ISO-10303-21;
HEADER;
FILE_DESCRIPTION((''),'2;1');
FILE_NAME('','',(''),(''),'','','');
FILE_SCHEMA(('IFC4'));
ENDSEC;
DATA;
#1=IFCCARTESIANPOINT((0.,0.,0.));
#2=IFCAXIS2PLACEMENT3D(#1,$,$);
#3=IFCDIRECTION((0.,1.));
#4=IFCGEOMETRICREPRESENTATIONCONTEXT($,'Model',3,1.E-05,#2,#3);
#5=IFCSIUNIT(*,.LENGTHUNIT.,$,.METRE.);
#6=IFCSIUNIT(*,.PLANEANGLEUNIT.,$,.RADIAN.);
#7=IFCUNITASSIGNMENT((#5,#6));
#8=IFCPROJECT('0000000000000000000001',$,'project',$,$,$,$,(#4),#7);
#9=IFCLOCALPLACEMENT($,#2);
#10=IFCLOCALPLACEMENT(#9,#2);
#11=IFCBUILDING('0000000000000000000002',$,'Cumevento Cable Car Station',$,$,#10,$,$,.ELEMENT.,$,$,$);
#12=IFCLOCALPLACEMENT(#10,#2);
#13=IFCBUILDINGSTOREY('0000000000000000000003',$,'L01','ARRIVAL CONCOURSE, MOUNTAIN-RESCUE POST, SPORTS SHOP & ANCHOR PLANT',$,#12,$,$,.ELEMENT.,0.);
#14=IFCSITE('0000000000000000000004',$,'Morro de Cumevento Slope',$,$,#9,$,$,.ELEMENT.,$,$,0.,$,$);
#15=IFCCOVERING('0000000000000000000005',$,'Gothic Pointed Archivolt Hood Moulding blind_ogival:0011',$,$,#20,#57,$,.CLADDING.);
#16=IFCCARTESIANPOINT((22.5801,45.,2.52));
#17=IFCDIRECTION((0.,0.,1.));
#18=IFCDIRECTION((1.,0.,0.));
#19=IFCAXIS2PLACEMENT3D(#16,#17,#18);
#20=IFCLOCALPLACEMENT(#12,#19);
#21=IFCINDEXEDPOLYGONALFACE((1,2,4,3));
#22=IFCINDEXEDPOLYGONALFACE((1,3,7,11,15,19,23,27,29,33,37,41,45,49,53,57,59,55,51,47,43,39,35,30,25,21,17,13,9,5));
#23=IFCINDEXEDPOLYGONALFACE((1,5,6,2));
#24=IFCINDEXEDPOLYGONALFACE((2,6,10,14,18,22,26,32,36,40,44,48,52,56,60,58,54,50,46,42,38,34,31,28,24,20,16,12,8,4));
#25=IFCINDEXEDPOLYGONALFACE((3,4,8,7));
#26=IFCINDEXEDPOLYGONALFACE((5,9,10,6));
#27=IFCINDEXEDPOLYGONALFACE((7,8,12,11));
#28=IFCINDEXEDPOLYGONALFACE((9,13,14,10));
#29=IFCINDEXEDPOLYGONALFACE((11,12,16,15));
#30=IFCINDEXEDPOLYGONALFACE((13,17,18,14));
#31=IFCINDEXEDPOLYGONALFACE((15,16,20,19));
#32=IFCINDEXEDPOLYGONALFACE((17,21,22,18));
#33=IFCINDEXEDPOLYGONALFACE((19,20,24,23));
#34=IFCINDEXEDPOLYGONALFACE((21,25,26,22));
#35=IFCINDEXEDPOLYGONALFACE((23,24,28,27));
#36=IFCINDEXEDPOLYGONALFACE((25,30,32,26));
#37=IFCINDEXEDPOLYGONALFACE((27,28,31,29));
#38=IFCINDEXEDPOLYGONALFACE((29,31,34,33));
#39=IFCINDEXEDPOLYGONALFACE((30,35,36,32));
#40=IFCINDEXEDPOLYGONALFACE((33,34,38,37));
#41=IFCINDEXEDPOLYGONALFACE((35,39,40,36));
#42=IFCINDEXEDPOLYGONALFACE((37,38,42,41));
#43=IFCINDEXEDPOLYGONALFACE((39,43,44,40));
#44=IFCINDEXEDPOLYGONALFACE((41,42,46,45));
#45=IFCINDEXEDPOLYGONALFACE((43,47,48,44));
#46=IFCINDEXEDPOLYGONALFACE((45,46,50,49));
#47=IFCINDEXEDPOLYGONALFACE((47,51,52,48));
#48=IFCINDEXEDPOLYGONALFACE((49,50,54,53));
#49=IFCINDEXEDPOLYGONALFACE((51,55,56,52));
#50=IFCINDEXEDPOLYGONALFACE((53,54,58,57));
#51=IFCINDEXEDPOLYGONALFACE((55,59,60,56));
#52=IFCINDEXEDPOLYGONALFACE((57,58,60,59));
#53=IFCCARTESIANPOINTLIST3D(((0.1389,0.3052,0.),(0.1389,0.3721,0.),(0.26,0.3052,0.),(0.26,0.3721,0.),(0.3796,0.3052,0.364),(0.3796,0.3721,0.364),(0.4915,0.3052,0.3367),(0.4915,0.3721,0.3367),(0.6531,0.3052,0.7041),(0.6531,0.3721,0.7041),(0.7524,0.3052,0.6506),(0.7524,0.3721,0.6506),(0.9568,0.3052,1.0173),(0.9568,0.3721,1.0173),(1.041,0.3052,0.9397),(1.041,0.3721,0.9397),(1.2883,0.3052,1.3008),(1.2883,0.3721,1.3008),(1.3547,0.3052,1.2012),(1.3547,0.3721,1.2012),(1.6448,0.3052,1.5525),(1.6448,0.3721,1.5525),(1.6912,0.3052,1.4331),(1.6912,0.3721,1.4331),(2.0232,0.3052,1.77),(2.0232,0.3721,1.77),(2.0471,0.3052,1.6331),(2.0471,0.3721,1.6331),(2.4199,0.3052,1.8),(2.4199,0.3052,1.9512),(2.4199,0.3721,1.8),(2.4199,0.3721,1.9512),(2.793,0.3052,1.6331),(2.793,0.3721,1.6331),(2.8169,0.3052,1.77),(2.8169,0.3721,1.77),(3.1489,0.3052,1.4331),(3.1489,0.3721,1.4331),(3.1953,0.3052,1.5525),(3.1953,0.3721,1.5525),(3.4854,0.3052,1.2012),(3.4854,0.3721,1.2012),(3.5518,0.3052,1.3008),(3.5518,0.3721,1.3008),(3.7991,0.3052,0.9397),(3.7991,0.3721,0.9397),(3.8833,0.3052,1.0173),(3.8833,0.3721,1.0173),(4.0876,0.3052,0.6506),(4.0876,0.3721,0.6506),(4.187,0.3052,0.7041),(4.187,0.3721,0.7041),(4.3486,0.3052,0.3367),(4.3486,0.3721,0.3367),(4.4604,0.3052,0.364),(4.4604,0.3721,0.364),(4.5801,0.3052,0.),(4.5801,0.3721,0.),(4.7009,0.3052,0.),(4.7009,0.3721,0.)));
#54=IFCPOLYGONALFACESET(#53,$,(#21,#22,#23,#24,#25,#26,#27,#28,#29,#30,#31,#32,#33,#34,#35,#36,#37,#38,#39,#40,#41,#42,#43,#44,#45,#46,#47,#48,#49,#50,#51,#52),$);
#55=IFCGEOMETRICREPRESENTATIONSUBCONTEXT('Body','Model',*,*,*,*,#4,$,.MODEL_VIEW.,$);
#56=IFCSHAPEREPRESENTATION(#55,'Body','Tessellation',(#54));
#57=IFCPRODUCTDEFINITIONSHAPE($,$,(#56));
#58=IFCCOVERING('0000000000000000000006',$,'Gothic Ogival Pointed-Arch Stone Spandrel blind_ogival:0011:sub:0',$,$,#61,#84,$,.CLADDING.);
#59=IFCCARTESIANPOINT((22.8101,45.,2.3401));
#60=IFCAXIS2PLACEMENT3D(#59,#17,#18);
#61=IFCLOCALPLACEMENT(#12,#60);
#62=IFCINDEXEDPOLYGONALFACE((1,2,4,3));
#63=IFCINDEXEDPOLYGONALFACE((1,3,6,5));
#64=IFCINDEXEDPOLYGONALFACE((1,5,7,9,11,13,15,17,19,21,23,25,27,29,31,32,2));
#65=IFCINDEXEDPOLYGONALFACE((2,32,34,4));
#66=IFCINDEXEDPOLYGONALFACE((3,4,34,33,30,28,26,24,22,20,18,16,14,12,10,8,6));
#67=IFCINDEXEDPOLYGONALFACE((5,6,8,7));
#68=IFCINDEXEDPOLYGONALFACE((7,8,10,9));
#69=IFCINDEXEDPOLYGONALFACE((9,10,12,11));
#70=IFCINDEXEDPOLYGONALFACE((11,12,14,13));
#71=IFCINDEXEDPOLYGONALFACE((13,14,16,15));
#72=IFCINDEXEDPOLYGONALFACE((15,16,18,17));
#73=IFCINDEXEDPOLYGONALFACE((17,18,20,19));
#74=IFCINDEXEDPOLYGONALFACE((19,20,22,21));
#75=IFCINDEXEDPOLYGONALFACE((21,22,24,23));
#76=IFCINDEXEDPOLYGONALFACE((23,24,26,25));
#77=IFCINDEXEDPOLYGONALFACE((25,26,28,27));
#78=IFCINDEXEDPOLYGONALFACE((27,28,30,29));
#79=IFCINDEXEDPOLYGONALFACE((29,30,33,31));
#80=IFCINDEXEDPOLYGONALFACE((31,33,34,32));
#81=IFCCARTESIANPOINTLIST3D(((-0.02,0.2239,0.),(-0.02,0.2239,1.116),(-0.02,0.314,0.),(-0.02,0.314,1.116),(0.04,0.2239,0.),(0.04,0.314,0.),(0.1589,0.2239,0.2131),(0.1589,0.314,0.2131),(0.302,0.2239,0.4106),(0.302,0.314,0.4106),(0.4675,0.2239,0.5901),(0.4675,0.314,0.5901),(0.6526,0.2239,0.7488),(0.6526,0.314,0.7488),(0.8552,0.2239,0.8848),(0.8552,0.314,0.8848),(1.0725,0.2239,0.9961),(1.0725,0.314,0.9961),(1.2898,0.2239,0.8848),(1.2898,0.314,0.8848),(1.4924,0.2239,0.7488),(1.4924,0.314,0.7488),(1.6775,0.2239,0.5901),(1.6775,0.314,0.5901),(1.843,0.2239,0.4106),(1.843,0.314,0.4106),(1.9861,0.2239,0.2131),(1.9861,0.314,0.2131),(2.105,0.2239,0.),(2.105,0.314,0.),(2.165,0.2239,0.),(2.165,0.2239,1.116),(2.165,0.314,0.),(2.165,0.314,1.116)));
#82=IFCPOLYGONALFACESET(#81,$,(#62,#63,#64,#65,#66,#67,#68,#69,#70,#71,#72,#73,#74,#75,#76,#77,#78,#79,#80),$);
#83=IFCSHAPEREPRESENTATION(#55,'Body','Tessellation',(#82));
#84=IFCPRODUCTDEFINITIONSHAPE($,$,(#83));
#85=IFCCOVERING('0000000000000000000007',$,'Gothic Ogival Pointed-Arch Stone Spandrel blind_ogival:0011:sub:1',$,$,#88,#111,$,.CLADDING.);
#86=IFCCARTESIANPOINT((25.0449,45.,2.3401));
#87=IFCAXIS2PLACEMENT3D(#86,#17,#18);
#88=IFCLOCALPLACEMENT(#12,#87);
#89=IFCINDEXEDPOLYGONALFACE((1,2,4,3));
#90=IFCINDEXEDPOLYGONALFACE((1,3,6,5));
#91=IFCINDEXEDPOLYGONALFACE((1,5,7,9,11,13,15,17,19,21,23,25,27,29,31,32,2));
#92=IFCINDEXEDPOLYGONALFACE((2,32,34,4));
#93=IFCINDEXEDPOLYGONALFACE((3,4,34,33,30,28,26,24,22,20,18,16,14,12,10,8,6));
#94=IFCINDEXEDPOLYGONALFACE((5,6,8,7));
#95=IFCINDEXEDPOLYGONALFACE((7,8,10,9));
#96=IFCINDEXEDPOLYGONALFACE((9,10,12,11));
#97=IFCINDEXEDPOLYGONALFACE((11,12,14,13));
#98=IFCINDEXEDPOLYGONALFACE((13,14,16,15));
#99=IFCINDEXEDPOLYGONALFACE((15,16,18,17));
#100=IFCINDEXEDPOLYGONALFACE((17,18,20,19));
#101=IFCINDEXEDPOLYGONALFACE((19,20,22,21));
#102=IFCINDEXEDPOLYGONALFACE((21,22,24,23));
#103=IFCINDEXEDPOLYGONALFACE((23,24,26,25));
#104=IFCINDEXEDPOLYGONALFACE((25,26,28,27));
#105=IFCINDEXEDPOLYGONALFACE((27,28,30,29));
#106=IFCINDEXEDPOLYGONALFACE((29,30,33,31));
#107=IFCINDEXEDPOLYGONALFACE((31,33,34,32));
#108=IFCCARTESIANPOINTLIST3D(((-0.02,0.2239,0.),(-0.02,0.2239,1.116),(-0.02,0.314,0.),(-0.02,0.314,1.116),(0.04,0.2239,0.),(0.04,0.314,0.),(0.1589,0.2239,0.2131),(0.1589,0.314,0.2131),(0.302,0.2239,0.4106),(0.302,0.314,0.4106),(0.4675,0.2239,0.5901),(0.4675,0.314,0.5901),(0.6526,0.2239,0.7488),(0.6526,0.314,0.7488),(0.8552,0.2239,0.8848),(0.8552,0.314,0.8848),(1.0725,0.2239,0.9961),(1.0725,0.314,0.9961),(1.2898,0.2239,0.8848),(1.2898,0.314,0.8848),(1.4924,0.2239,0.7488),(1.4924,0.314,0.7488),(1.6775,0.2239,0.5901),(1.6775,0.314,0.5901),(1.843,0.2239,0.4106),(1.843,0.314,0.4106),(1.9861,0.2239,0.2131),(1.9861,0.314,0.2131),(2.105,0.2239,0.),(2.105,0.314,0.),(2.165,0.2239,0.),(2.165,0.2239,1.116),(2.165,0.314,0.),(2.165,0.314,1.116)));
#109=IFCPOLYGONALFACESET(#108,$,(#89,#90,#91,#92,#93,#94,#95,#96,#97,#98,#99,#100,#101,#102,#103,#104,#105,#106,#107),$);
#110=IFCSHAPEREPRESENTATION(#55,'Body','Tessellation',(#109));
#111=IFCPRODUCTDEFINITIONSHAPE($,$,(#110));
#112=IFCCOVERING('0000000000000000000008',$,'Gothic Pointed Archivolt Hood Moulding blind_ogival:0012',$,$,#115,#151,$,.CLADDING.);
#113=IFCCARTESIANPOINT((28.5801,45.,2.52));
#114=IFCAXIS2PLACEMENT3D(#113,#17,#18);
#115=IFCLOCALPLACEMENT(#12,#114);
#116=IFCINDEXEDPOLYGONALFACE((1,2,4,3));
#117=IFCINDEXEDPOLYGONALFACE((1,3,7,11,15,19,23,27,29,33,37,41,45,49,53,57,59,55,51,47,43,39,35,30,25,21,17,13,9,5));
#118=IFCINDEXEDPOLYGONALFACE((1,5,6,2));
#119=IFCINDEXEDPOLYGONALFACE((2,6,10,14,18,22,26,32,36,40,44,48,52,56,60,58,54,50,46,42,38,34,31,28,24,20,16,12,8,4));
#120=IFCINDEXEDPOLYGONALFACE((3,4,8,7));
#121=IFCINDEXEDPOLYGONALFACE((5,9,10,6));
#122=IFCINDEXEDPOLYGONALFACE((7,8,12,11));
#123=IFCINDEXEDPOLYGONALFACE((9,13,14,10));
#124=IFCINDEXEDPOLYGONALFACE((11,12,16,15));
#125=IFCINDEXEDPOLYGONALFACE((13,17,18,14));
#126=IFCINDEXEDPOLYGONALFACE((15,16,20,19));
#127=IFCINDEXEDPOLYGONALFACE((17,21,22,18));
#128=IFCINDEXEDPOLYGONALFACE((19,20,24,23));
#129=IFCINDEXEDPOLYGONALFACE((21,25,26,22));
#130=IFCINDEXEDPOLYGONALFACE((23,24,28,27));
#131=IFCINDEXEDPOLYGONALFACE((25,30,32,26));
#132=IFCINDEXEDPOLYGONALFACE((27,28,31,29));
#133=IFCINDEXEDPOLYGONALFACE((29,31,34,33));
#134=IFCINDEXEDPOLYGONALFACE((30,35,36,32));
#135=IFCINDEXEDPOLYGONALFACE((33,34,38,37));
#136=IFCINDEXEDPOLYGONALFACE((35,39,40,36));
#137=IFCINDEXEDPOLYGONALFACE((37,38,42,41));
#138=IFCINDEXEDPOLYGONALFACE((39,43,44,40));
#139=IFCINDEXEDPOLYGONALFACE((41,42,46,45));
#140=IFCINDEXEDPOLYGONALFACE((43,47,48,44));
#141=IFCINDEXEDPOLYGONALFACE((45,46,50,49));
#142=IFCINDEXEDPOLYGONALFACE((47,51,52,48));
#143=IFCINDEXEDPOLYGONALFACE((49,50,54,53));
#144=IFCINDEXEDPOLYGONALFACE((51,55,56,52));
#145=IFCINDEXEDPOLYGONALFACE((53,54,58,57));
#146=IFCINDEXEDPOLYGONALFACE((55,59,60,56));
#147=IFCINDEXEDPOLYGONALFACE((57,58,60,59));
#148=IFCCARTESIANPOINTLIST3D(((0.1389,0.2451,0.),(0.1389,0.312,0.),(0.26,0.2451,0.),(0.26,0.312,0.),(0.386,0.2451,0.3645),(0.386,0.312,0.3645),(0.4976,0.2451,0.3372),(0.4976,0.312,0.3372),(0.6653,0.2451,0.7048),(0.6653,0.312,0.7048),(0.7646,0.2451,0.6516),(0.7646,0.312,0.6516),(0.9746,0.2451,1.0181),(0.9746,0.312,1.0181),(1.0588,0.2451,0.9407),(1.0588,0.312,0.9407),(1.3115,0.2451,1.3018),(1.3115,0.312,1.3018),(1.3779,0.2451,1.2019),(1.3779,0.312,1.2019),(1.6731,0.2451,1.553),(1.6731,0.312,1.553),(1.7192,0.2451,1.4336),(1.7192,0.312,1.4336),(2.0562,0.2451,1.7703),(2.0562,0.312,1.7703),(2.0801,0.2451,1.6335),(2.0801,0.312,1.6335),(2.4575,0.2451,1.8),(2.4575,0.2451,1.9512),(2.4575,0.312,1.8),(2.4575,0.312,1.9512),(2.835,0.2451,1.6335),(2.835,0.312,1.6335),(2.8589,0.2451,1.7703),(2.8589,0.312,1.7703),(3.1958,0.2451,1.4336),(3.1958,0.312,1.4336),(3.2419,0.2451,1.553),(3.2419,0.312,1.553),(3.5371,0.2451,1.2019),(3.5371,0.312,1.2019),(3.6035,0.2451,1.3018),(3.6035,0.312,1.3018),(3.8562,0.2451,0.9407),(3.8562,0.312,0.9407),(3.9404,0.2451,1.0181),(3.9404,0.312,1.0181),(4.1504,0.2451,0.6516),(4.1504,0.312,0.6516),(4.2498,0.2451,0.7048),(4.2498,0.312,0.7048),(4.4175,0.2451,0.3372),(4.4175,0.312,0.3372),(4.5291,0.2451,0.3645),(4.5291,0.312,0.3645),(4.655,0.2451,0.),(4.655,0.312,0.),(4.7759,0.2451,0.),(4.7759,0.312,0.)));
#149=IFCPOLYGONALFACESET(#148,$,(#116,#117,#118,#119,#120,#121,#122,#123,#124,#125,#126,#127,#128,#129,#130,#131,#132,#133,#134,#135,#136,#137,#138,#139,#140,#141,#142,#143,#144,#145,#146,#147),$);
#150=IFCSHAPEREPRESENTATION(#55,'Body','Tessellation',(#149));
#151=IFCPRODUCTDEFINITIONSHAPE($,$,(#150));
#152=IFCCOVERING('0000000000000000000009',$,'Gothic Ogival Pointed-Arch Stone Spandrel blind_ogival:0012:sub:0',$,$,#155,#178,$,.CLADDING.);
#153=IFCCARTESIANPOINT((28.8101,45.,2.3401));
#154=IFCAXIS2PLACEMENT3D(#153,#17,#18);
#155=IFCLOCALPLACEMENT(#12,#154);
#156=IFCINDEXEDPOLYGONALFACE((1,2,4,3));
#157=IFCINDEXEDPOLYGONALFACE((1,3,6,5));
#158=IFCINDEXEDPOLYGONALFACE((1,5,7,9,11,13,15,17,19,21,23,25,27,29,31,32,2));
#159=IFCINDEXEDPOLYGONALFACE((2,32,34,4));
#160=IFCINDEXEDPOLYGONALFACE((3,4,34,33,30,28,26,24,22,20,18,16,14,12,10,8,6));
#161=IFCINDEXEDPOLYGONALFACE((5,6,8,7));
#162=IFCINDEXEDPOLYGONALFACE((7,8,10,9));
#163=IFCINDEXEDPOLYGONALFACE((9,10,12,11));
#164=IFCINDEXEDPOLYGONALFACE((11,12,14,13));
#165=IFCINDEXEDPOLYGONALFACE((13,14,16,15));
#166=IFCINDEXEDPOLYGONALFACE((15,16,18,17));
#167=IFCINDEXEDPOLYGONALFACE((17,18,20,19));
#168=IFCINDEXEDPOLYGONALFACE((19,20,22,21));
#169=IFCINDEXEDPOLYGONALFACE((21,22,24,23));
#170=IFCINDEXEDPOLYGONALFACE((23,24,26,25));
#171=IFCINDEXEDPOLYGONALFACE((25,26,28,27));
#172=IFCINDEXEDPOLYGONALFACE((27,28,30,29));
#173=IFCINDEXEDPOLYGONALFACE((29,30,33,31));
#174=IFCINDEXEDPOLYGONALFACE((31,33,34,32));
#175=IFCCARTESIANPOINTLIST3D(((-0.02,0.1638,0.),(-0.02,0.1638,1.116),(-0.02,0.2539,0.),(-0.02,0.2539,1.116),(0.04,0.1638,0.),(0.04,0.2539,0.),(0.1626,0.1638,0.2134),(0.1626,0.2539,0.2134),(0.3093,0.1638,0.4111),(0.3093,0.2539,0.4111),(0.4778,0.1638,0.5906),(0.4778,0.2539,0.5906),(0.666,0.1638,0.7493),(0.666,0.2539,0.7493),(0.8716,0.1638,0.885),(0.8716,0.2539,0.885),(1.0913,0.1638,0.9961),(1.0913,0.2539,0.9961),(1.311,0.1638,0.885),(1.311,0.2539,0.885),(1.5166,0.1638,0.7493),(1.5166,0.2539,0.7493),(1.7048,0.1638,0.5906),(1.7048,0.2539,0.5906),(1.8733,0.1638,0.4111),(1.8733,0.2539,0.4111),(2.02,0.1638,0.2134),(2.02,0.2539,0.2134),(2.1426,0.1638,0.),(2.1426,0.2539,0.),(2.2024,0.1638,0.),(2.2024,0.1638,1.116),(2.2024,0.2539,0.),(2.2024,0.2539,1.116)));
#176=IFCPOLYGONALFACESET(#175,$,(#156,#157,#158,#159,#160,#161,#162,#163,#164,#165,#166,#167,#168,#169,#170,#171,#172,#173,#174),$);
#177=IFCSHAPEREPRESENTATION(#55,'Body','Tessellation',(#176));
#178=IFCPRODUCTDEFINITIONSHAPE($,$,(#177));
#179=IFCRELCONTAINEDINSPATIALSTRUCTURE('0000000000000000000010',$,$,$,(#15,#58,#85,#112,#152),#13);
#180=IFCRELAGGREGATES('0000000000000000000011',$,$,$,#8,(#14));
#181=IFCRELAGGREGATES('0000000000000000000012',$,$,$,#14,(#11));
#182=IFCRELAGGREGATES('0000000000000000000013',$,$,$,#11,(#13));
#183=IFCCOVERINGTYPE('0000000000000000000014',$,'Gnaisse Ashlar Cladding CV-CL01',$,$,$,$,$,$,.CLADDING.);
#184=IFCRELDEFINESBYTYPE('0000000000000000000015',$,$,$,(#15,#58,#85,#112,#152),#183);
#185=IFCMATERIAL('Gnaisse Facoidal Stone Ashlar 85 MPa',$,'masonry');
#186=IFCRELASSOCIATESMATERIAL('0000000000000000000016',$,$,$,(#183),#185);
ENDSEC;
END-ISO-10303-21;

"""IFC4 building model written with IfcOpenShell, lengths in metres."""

from ifc_helpers import new_model, si_unit, direction, frame, origin, place, context, subcontext, project, spatial, polyline, outline, extrude, material, type_object, element, save


model = new_model("IFC4")

# Units and contexts
model_context = context("Model", 3, precision=1e-05, world=origin(), true_north=direction((0.0, 1.0)))
body_context = subcontext(model_context, "Body", "Model", "MODEL_VIEW")
ifc_project = project(units=[si_unit("LENGTHUNIT", "METRE"), si_unit("PLANEANGLEUNIT", "RADIAN")], contexts=[model_context])

# Site, building, storey
site_placement = place(None, origin())
site = spatial("IfcSite", under=ifc_project, at=site_placement, Name="Morro de Cumevento Slope", CompositionType="ELEMENT", RefElevation=0.0)
building_placement = place(site_placement, origin())
building = spatial("IfcBuilding", under=site, at=building_placement, Name="Cumevento Cable Car Station", CompositionType="ELEMENT")
storey_placement = place(building_placement, origin())
storey = spatial("IfcBuildingStorey", under=building, at=storey_placement, Name="L01", Description="ARRIVAL CONCOURSE, MOUNTAIN-RESCUE POST, SPORTS SHOP & ANCHOR PLANT", CompositionType="ELEMENT", Elevation=0.0)

# Coverings
ifc_material_1 = material(Name="Gnaisse Facoidal Stone Ashlar 85 MPa", Category="masonry")
covering_type = type_object("IfcCoveringType", Name="Gnaisse Ashlar Cladding CV-CL01", PredefinedType="CLADDING", material=ifc_material_1)
covering_1_placement = place(storey_placement, frame((22.5801, 45.0, 2.52), z_axis=(0.0, 0.0, 1.0), x_axis=(1.0, 0.0, 0.0)))
element("IfcCovering", 1, at=covering_1_placement, inside=storey, type_object=covering_type, Name="Gothic Pointed Archivolt Hood Moulding blind_ogival:0011", PredefinedType="CLADDING", context=body_context, shape_type="SweptSolid", body=[
    extrude(outline(polyline([(0.26, 0.0), (0.4915, 0.3367), (0.7524, 0.6506), (1.041, 0.9397), (1.3547, 1.2012), (1.6912, 1.4331), (2.0471, 1.6331), (2.4199, 1.8), (2.793, 1.6331), (3.1489, 1.4331), (3.4854, 1.2012), (3.7991, 0.9397), (4.0876, 0.6506), (4.3486, 0.3367), (4.5801, 0.0), (4.7009, 0.0), (4.4604, 0.364), (4.187, 0.7041), (3.8833, 1.0173), (3.5518, 1.3008), (3.1953, 1.5525), (2.8169, 1.77), (2.4199, 1.9512), (2.0232, 1.77), (1.6448, 1.5525), (1.2883, 1.3008), (0.9568, 1.0173), (0.6531, 0.7041), (0.3796, 0.364), (0.1389, 0.0), (0.26, 0.0)])), frame((0.0, 0.3721, 0.0), z_axis=(0.0, -1.0, 0.0), x_axis=(1.0, 0.0, 0.0)), (0.0, 0.0, 1.0), 0.0669),
])
for number, where, z_axis, x_axis, name in (
    (2, (22.8101, 45.0, 2.3401), (0.0, 0.0, 1.0), (1.0, 0.0, 0.0), "Gothic Ogival Pointed-Arch Stone Spandrel blind_ogival:0011:sub:0"),
    (3, (25.0449, 45.0, 2.3401), (0.0, 0.0, 1.0), (1.0, 0.0, 0.0), "Gothic Ogival Pointed-Arch Stone Spandrel blind_ogival:0011:sub:1"),
):
    element("IfcCovering", number, at=place(storey_placement, frame(where, z_axis=z_axis, x_axis=x_axis)), inside=storey, type_object=covering_type, Name=name, PredefinedType="CLADDING", context=body_context, shape_type="SweptSolid", body=[
        extrude(outline(polyline([(-0.02, 0.0), (-0.02, 1.116), (2.165, 1.116), (2.165, 0.0), (2.105, 0.0), (1.9861, 0.2131), (1.843, 0.4106), (1.6775, 0.5901), (1.4924, 0.7488), (1.2898, 0.8848), (1.0725, 0.9961), (0.8552, 0.8848), (0.6526, 0.7488), (0.4675, 0.5901), (0.302, 0.4106), (0.1589, 0.2131), (0.04, 0.0), (-0.02, 0.0)])), frame((0.0, 0.314, 0.0), z_axis=(0.0, -1.0, 0.0), x_axis=(1.0, 0.0, 0.0)), (0.0, 0.0, 1.0), 0.0901),
    ])
covering_2_placement = place(storey_placement, frame((28.5801, 45.0, 2.52), z_axis=(0.0, 0.0, 1.0), x_axis=(1.0, 0.0, 0.0)))
element("IfcCovering", 4, at=covering_2_placement, inside=storey, type_object=covering_type, Name="Gothic Pointed Archivolt Hood Moulding blind_ogival:0012", PredefinedType="CLADDING", context=body_context, shape_type="SweptSolid", body=[
    extrude(outline(polyline([(0.26, 0.0), (0.4976, 0.3372), (0.7646, 0.6516), (1.0588, 0.9407), (1.3779, 1.2019), (1.7192, 1.4336), (2.0801, 1.6335), (2.4575, 1.8), (2.835, 1.6335), (3.1958, 1.4336), (3.5371, 1.2019), (3.8562, 0.9407), (4.1504, 0.6516), (4.4175, 0.3372), (4.655, 0.0), (4.7759, 0.0), (4.5291, 0.3645), (4.2498, 0.7048), (3.9404, 1.0181), (3.6035, 1.3018), (3.2419, 1.553), (2.8589, 1.7703), (2.4575, 1.9512), (2.0562, 1.7703), (1.6731, 1.553), (1.3115, 1.3018), (0.9746, 1.0181), (0.6653, 0.7048), (0.386, 0.3645), (0.1389, 0.0), (0.26, 0.0)])), frame((0.0, 0.312, 0.0), z_axis=(0.0, -1.0, 0.0), x_axis=(1.0, 0.0, 0.0)), (0.0, 0.0, 1.0), 0.0669),
])
for number, where, z_axis, x_axis, name in (
    (5, (28.8101, 45.0, 2.3401), (0.0, 0.0, 1.0), (1.0, 0.0, 0.0), "Gothic Ogival Pointed-Arch Stone Spandrel blind_ogival:0012:sub:0"),
):
    element("IfcCovering", number, at=place(storey_placement, frame(where, z_axis=z_axis, x_axis=x_axis)), inside=storey, type_object=covering_type, Name=name, PredefinedType="CLADDING", context=body_context, shape_type="SweptSolid", body=[
        extrude(outline(polyline([(-0.02, 0.0), (-0.02, 1.116), (2.2024, 1.116), (2.2024, 0.0), (2.1426, 0.0), (2.02, 0.2134), (1.8733, 0.4111), (1.7048, 0.5906), (1.5166, 0.7493), (1.311, 0.885), (1.0913, 0.9961), (0.8716, 0.885), (0.666, 0.7493), (0.4778, 0.5906), (0.3093, 0.4111), (0.1626, 0.2134), (0.04, 0.0), (-0.02, 0.0)])), frame((0.0, 0.2539, 0.0), z_axis=(0.0, -1.0, 0.0), x_axis=(1.0, 0.0, 0.0)), (0.0, 0.0, 1.0), 0.0901),
    ])

save(model, "model.ifc")
